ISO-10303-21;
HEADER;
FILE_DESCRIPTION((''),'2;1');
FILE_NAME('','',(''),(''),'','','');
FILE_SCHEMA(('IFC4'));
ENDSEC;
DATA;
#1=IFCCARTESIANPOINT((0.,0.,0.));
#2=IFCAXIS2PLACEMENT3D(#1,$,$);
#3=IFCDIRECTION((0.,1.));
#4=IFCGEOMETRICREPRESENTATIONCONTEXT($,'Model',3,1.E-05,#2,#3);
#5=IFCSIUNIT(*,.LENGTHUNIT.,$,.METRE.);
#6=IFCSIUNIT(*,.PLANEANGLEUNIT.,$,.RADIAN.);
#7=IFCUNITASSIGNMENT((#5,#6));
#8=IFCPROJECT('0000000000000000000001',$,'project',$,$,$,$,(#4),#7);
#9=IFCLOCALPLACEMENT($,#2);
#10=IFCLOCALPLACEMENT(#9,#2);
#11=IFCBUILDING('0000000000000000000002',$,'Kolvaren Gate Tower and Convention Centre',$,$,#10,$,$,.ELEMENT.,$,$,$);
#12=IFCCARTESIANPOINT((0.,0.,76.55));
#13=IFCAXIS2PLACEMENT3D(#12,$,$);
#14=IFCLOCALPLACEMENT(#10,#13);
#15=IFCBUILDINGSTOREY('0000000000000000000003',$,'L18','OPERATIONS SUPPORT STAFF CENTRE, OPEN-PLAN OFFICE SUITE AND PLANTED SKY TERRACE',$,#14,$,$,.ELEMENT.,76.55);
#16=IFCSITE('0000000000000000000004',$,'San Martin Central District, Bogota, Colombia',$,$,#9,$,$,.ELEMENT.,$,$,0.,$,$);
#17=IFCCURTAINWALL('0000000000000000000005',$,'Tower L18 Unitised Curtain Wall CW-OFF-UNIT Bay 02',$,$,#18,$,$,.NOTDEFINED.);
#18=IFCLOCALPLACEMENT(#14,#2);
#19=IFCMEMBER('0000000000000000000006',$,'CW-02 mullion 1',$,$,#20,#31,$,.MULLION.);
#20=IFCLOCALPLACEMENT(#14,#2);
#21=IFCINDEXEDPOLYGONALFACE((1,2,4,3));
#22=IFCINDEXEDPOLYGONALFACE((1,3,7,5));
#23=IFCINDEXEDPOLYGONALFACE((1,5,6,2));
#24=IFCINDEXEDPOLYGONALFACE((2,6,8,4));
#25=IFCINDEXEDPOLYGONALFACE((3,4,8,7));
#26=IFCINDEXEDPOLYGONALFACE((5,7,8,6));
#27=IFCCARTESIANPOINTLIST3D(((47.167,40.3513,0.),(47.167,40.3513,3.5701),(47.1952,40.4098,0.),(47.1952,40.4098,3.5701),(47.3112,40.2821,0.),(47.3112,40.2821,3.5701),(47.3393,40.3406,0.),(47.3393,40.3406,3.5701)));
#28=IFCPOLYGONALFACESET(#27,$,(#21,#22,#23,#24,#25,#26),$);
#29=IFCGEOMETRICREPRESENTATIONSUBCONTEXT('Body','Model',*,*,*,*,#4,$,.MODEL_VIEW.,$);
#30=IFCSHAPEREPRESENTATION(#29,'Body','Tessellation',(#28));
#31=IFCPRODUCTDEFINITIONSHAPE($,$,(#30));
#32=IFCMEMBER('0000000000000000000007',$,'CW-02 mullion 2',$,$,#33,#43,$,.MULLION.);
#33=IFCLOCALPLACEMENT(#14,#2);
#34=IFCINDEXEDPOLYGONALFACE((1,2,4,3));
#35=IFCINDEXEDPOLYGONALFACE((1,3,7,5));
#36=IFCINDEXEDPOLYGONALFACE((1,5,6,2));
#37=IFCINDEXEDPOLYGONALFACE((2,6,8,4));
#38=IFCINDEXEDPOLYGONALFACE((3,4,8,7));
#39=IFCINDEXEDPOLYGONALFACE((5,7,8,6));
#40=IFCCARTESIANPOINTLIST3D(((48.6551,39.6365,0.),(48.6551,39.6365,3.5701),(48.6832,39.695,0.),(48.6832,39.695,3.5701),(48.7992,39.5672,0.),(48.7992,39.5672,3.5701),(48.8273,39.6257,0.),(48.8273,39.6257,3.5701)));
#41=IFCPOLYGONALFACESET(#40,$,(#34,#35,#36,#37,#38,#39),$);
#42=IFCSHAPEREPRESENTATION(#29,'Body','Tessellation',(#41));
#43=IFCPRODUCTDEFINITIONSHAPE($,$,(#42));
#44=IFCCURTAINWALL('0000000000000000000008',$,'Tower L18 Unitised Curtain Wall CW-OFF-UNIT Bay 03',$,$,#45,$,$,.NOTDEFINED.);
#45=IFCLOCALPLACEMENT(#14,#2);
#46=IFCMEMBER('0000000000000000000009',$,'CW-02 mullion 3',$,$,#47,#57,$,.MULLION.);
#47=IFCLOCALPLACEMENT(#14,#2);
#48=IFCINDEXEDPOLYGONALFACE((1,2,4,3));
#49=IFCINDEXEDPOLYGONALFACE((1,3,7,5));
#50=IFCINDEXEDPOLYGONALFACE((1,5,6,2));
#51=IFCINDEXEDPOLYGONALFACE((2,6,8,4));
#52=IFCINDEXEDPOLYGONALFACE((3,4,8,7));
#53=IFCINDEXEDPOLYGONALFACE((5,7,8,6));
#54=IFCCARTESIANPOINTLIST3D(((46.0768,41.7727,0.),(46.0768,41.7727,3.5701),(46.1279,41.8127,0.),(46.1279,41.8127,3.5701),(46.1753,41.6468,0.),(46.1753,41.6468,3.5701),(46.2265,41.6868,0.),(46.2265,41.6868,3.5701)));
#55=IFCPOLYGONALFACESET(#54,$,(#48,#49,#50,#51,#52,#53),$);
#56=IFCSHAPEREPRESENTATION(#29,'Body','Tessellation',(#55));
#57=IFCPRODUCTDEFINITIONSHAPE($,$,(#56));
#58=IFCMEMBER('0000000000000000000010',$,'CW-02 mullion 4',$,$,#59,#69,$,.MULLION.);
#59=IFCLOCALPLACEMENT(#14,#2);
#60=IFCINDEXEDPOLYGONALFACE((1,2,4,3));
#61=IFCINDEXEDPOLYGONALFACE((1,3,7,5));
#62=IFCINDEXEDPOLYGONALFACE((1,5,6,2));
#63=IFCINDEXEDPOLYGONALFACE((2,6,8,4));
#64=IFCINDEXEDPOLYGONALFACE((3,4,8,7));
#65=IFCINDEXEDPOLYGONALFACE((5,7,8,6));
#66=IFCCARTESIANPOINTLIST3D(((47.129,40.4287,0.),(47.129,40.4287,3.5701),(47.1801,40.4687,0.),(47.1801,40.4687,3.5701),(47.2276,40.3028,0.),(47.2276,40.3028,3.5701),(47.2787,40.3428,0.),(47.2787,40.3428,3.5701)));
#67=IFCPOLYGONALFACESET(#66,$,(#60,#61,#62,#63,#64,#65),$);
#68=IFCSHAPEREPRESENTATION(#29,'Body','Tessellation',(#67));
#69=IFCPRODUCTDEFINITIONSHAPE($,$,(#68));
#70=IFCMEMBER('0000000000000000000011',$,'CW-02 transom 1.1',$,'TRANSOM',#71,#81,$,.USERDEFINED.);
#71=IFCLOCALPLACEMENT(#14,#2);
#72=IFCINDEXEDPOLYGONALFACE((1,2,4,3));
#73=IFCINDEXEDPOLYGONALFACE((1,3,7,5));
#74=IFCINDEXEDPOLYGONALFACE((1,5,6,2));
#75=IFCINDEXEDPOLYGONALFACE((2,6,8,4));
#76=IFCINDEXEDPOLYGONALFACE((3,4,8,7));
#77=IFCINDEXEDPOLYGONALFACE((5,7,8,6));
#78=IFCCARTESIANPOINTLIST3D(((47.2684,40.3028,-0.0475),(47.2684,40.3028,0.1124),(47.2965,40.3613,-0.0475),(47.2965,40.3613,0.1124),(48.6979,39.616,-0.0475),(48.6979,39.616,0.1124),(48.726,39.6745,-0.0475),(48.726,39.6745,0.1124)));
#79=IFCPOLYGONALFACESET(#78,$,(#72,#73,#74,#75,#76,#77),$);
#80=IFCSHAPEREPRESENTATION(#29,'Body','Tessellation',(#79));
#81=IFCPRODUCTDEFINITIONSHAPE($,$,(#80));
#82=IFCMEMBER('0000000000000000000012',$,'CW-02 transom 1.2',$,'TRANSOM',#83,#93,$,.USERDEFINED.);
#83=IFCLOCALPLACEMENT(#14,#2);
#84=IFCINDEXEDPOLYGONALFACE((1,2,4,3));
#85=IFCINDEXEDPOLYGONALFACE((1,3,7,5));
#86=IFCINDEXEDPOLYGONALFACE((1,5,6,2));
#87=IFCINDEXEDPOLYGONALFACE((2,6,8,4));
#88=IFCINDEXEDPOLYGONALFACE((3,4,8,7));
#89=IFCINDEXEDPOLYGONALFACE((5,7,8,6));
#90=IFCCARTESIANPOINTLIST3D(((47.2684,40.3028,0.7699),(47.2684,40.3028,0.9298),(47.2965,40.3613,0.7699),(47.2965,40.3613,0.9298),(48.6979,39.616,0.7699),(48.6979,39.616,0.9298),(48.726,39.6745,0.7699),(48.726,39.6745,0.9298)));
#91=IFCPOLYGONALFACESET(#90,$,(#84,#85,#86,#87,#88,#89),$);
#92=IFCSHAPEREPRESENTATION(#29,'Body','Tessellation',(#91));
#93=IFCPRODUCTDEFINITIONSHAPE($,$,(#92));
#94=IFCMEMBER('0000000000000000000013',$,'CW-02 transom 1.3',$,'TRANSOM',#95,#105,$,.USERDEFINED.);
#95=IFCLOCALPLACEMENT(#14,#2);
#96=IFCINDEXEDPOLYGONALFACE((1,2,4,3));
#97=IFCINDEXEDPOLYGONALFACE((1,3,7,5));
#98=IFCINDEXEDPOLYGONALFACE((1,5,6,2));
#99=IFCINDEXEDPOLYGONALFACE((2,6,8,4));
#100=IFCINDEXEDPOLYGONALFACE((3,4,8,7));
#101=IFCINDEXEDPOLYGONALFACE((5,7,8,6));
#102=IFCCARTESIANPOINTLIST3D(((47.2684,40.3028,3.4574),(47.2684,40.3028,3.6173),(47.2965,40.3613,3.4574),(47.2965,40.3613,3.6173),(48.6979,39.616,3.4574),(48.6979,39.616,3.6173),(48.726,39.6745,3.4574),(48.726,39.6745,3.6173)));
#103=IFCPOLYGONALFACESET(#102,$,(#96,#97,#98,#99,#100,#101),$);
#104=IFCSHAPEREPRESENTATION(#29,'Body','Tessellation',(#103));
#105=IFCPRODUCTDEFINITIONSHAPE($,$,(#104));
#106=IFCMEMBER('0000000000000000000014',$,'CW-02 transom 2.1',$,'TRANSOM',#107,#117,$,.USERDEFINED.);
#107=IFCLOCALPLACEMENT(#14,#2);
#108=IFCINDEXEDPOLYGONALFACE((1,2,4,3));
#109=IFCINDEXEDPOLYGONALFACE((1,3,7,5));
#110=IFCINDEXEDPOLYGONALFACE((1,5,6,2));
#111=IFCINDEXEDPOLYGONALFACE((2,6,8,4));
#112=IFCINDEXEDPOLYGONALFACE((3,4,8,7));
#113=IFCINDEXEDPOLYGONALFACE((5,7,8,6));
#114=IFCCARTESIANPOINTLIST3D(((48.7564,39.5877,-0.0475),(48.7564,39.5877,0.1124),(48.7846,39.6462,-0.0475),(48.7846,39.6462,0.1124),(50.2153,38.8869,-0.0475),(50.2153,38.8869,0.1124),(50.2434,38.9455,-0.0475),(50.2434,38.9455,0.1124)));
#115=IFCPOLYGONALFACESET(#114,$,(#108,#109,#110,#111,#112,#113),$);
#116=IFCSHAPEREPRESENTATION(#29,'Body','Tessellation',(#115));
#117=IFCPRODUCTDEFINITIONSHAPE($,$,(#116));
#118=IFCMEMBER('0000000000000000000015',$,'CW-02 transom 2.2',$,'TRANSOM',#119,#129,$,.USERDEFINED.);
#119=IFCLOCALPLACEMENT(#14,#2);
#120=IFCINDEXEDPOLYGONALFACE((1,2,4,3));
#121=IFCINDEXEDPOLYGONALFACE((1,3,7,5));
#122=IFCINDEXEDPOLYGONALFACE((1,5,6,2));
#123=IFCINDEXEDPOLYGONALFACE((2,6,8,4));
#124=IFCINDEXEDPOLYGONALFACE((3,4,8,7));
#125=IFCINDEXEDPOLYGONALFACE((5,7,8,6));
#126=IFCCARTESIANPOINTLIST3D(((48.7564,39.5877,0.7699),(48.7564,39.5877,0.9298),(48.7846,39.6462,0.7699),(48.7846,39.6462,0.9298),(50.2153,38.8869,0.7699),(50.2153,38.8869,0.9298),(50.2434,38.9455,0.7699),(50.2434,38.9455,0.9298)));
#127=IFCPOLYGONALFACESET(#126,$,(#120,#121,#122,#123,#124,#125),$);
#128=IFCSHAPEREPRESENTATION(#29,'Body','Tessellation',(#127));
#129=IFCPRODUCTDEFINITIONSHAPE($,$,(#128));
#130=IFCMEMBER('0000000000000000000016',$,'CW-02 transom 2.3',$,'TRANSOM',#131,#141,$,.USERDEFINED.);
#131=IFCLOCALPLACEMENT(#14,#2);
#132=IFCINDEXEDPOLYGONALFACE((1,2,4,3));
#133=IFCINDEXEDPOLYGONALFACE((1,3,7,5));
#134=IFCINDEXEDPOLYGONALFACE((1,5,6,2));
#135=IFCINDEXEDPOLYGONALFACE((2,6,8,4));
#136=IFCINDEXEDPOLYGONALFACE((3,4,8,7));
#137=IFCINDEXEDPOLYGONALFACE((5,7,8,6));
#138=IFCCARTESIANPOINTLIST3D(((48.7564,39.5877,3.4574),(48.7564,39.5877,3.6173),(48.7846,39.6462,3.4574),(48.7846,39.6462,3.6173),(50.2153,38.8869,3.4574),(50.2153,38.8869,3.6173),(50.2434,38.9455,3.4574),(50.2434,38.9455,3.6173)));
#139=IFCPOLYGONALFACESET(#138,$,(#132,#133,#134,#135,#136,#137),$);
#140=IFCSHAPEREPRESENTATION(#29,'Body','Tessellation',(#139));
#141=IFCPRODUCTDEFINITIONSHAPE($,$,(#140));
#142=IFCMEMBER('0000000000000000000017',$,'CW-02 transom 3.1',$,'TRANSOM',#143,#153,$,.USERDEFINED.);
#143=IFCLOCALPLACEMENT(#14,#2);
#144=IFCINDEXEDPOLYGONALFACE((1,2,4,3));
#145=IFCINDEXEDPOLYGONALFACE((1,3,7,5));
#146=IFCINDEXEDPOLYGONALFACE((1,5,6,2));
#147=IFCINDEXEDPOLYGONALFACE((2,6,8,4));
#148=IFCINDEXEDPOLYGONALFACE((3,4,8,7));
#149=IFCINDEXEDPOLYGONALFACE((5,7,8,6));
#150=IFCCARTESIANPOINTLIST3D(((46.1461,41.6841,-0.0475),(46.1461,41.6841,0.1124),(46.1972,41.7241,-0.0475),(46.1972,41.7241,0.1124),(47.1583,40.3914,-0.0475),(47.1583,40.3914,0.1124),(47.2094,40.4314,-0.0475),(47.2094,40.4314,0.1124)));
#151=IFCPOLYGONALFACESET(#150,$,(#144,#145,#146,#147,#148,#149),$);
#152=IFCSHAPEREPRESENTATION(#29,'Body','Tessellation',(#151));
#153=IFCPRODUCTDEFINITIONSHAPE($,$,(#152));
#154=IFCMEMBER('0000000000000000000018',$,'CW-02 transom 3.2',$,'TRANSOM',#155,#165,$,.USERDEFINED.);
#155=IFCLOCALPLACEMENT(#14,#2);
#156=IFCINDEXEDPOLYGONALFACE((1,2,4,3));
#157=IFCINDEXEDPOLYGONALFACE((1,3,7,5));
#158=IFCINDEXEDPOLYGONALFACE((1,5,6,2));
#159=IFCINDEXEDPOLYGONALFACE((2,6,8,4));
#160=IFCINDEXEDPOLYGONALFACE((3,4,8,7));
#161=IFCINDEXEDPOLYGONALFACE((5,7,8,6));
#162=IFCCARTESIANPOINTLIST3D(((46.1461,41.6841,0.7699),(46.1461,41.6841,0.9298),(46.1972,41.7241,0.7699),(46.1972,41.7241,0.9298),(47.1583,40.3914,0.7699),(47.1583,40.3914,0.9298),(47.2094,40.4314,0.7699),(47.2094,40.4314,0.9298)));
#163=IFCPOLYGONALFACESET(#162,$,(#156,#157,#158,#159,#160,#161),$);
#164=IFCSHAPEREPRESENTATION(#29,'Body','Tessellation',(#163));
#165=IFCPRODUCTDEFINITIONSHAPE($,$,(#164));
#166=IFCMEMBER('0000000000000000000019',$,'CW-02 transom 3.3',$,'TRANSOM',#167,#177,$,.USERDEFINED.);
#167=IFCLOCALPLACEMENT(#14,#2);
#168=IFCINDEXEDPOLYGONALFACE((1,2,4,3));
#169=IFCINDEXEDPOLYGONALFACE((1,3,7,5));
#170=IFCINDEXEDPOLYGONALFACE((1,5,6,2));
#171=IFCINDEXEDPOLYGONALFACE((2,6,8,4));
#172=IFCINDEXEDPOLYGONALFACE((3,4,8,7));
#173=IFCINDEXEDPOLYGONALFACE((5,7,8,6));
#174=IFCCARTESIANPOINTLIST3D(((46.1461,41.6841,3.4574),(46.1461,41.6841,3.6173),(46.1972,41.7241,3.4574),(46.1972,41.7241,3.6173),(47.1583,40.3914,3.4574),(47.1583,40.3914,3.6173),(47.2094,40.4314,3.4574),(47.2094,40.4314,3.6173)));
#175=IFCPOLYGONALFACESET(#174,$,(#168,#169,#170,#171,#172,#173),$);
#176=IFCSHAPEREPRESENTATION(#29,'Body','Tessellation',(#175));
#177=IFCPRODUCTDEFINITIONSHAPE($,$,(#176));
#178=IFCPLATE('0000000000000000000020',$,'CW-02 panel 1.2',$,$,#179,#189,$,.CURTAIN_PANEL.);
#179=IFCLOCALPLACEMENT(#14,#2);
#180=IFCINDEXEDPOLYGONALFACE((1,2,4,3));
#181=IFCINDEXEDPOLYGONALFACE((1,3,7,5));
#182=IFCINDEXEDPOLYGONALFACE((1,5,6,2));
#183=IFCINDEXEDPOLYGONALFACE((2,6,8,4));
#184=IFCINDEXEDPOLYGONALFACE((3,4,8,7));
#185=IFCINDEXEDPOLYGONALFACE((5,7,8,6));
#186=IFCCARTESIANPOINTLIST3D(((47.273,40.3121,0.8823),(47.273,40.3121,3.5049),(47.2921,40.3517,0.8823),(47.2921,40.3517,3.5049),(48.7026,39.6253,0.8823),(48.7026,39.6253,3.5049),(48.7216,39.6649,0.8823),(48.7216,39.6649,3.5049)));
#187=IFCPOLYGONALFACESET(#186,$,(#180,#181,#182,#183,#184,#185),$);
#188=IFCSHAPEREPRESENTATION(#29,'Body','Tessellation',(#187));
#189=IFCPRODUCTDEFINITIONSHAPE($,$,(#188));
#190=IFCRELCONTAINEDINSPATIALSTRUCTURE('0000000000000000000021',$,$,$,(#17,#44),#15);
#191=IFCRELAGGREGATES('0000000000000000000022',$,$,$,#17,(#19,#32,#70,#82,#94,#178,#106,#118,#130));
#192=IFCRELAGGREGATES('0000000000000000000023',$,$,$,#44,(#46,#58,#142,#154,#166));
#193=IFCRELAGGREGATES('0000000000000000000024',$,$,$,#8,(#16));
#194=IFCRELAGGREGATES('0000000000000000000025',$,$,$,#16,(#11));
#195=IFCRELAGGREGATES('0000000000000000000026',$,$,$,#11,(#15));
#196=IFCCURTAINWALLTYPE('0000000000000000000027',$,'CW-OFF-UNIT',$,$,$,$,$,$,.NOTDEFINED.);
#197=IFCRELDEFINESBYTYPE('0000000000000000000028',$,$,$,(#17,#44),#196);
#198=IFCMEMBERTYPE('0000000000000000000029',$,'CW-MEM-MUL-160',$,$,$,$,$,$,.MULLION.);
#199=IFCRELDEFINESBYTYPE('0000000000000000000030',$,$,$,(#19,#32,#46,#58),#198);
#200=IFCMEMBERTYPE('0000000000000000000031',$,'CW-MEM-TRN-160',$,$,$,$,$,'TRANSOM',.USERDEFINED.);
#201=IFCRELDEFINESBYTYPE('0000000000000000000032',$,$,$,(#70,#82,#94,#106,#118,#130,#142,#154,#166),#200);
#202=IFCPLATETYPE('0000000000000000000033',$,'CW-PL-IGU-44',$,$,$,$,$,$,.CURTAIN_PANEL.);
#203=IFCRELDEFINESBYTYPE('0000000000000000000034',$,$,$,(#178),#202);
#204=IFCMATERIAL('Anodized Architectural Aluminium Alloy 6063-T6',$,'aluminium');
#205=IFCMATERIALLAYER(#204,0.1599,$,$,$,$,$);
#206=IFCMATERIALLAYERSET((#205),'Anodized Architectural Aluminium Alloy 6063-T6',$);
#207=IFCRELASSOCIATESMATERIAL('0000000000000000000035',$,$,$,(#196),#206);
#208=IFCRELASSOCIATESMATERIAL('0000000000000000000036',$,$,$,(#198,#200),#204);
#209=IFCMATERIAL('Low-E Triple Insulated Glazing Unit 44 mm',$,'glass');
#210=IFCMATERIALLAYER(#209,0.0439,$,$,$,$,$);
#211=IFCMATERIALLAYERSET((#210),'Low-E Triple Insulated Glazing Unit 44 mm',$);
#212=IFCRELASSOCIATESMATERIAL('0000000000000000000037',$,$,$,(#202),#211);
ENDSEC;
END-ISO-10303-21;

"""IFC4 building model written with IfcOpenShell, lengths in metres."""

from ifc_helpers import new_model, si_unit, direction, frame, origin, origin_2d, place, context, subcontext, project, spatial, rectangle, extrude, material, layer, layer_set, material_profile, profile_set, type_object, element, aggregate, save


model = new_model("IFC4")

# Units and contexts
model_context = context("Model", 3, precision=1e-05, world=origin(), true_north=direction((0.0, 1.0)))
body_context = subcontext(model_context, "Body", "Model", "MODEL_VIEW")
ifc_project = project(units=[si_unit("LENGTHUNIT", "METRE"), si_unit("PLANEANGLEUNIT", "RADIAN")], contexts=[model_context])

# Site, building, storey
site_placement = place(None, origin())
site = spatial("IfcSite", under=ifc_project, at=site_placement, Name="San Martin Central District, Bogota, Colombia", CompositionType="ELEMENT", RefElevation=0.0)
building_placement = place(site_placement, origin())
building = spatial("IfcBuilding", under=site, at=building_placement, Name="Kolvaren Gate Tower and Convention Centre", CompositionType="ELEMENT")
storey_placement = place(building_placement, frame((0.0, 0.0, 76.55)))
storey = spatial("IfcBuildingStorey", under=building, at=storey_placement, Name="L18", Description="OPERATIONS SUPPORT STAFF CENTRE, OPEN-PLAN OFFICE SUITE AND PLANTED SKY TERRACE", CompositionType="ELEMENT", Elevation=76.55)

# Curtain walls, members
ifc_material_1 = material(Name="Anodized Architectural Aluminium Alloy 6063-T6", Category="aluminium")
ifc_layer_1 = layer(ifc_material_1, 0.1599)
ifc_layer_set_1 = layer_set([ifc_layer_1], Name="Anodized Architectural Aluminium Alloy 6063-T6")
curtain_wall_type = type_object("IfcCurtainWallType", Name="CW-OFF-UNIT", PredefinedType="NOTDEFINED", material=ifc_layer_set_1)
curtain_wall_1_placement = place(storey_placement, origin())
curtain_wall_1 = element("IfcCurtainWall", 1, at=curtain_wall_1_placement, inside=storey, type_object=curtain_wall_type, Name="Tower L18 Unitised Curtain Wall CW-OFF-UNIT Bay 02", PredefinedType="NOTDEFINED")
ifc_material_profile_1 = material_profile(ifc_material_1, rectangle(XDim=0.0649, YDim=0.1599, at=origin_2d()), Name="CW-MEM-MUL-160")
ifc_profile_set_1 = profile_set([ifc_material_profile_1], Name="Anodized Architectural Aluminium Alloy 6063-T6")
member_type_1 = type_object("IfcMemberType", Name="CW-MEM-MUL-160", PredefinedType="MULLION", material=ifc_profile_set_1)
member_1_placement = place(storey_placement, frame((47.2532, 40.3459, 0.0), z_axis=(0.0, 0.0, 1.0), x_axis=(0.433067, 0.901362, 0.0)))
member_1 = element("IfcMember", 2, at=member_1_placement, type_object=member_type_1, Name="CW-02 mullion 1", PredefinedType="MULLION", context=body_context, shape_type="SweptSolid", body=[
    extrude(rectangle(XDim=0.0649, YDim=0.1599, at=origin_2d()), origin(), (0.0, 0.0, 1.0), 3.5701),
])
member_2_placement = place(storey_placement, frame((48.7412, 39.6311, 0.0), z_axis=(0.0, 0.0, 1.0), x_axis=(0.433067, 0.901362, 0.0)))
member_2 = element("IfcMember", 3, at=member_2_placement, type_object=member_type_1, Name="CW-02 mullion 2", PredefinedType="MULLION", context=body_context, shape_type="SweptSolid", body=[
    extrude(rectangle(XDim=0.0649, YDim=0.1599, at=origin_2d()), origin(), (0.0, 0.0, 1.0), 3.5701),
])
curtain_wall_2_placement = place(storey_placement, origin())
curtain_wall_2 = element("IfcCurtainWall", 4, at=curtain_wall_2_placement, inside=storey, type_object=curtain_wall_type, Name="Tower L18 Unitised Curtain Wall CW-OFF-UNIT Bay 03", PredefinedType="NOTDEFINED")
member_3_placement = place(storey_placement, frame((46.1516, 41.7297, 0.0), z_axis=(0.0, 0.0, 1.0), x_axis=(0.787406, 0.616434, 0.0)))
member_3 = element("IfcMember", 5, at=member_3_placement, type_object=member_type_1, Name="CW-02 mullion 3", PredefinedType="MULLION", context=body_context, shape_type="SweptSolid", body=[
    extrude(rectangle(XDim=0.0649, YDim=0.1599, at=origin_2d()), origin(), (0.0, 0.0, 1.0), 3.5701),
])
member_4_placement = place(storey_placement, frame((47.2039, 40.3857, 0.0), z_axis=(0.0, 0.0, 1.0), x_axis=(0.787406, 0.616434, 0.0)))
member_4 = element("IfcMember", 6, at=member_4_placement, type_object=member_type_1, Name="CW-02 mullion 4", PredefinedType="MULLION", context=body_context, shape_type="SweptSolid", body=[
    extrude(rectangle(XDim=0.0649, YDim=0.1599, at=origin_2d()), origin(), (0.0, 0.0, 1.0), 3.5701),
])

# Members
ifc_material_profile_2 = material_profile(ifc_material_1, rectangle(XDim=0.0649, YDim=0.1599, at=origin_2d()), Name="CW-MEM-TRN-160")
ifc_profile_set_2 = profile_set([ifc_material_profile_2], Name="Anodized Architectural Aluminium Alloy 6063-T6")
member_type_2 = type_object("IfcMemberType", Name="CW-MEM-TRN-160", ElementType="TRANSOM", PredefinedType="USERDEFINED", material=ifc_profile_set_2)
member_5_placement = place(storey_placement, frame((47.2825, 40.332, 0.0325), z_axis=(0.901367, -0.433056, 0.0), x_axis=(0.433056, 0.901367, 0.0)))
member_5 = element("IfcMember", 7, at=member_5_placement, type_object=member_type_2, Name="CW-02 transom 1.1", ObjectType="TRANSOM", PredefinedType="USERDEFINED", context=body_context, shape_type="SweptSolid", body=[
    extrude(rectangle(XDim=0.0649, YDim=0.1599, at=origin_2d()), origin(), (0.0, 0.0, 1.0), 1.5859),
])
member_6_placement = place(storey_placement, frame((47.2825, 40.332, 0.8499), z_axis=(0.901367, -0.433056, 0.0), x_axis=(0.433056, 0.901367, 0.0)))
member_6 = element("IfcMember", 8, at=member_6_placement, type_object=member_type_2, Name="CW-02 transom 1.2", ObjectType="TRANSOM", PredefinedType="USERDEFINED", context=body_context, shape_type="SweptSolid", body=[
    extrude(rectangle(XDim=0.0649, YDim=0.1599, at=origin_2d()), origin(), (0.0, 0.0, 1.0), 1.5859),
])
member_7_placement = place(storey_placement, frame((47.2825, 40.332, 3.5374), z_axis=(0.901367, -0.433056, 0.0), x_axis=(0.433056, 0.901367, 0.0)))
member_7 = element("IfcMember", 9, at=member_7_placement, type_object=member_type_2, Name="CW-02 transom 1.3", ObjectType="TRANSOM", PredefinedType="USERDEFINED", context=body_context, shape_type="SweptSolid", body=[
    extrude(rectangle(XDim=0.0649, YDim=0.1599, at=origin_2d()), origin(), (0.0, 0.0, 1.0), 1.5859),
])
member_8_placement = place(storey_placement, frame((48.7705, 39.6169, 0.0325), z_axis=(0.901405, -0.432976, 0.0), x_axis=(0.432976, 0.901405, 0.0)))
member_8 = element("IfcMember", 10, at=member_8_placement, type_object=member_type_2, Name="CW-02 transom 2.1", ObjectType="TRANSOM", PredefinedType="USERDEFINED", context=body_context, shape_type="SweptSolid", body=[
    extrude(rectangle(XDim=0.0649, YDim=0.1599, at=origin_2d()), origin(), (0.0, 0.0, 1.0), 1.6184),
])
member_9_placement = place(storey_placement, frame((48.7705, 39.6169, 0.8499), z_axis=(0.901405, -0.432976, 0.0), x_axis=(0.432976, 0.901405, 0.0)))
member_9 = element("IfcMember", 11, at=member_9_placement, type_object=member_type_2, Name="CW-02 transom 2.2", ObjectType="TRANSOM", PredefinedType="USERDEFINED", context=body_context, shape_type="SweptSolid", body=[
    extrude(rectangle(XDim=0.0649, YDim=0.1599, at=origin_2d()), origin(), (0.0, 0.0, 1.0), 1.6184),
])
member_10_placement = place(storey_placement, frame((48.7705, 39.6169, 3.5374), z_axis=(0.901405, -0.432976, 0.0), x_axis=(0.432976, 0.901405, 0.0)))
member_10 = element("IfcMember", 12, at=member_10_placement, type_object=member_type_2, Name="CW-02 transom 2.3", ObjectType="TRANSOM", PredefinedType="USERDEFINED", context=body_context, shape_type="SweptSolid", body=[
    extrude(rectangle(XDim=0.0649, YDim=0.1599, at=origin_2d()), origin(), (0.0, 0.0, 1.0), 1.6184),
])
member_11_placement = place(storey_placement, frame((46.1716, 41.7041, 0.0325), z_axis=(0.616501, -0.787354, 0.0), x_axis=(0.787354, 0.616501, 0.0)))
member_11 = element("IfcMember", 13, at=member_11_placement, type_object=member_type_2, Name="CW-02 transom 3.1", ObjectType="TRANSOM", PredefinedType="USERDEFINED", context=body_context, shape_type="SweptSolid", body=[
    extrude(rectangle(XDim=0.0649, YDim=0.1599, at=origin_2d()), origin(), (0.0, 0.0, 1.0), 1.6418),
])
member_12_placement = place(storey_placement, frame((46.1716, 41.7041, 0.8499), z_axis=(0.616501, -0.787354, 0.0), x_axis=(0.787354, 0.616501, 0.0)))
member_12 = element("IfcMember", 14, at=member_12_placement, type_object=member_type_2, Name="CW-02 transom 3.2", ObjectType="TRANSOM", PredefinedType="USERDEFINED", context=body_context, shape_type="SweptSolid", body=[
    extrude(rectangle(XDim=0.0649, YDim=0.1599, at=origin_2d()), origin(), (0.0, 0.0, 1.0), 1.6418),
])
member_13_placement = place(storey_placement, frame((46.1716, 41.7041, 3.5374), z_axis=(0.616501, -0.787354, 0.0), x_axis=(0.787354, 0.616501, 0.0)))
member_13 = element("IfcMember", 15, at=member_13_placement, type_object=member_type_2, Name="CW-02 transom 3.3", ObjectType="TRANSOM", PredefinedType="USERDEFINED", context=body_context, shape_type="SweptSolid", body=[
    extrude(rectangle(XDim=0.0649, YDim=0.1599, at=origin_2d()), origin(), (0.0, 0.0, 1.0), 1.6418),
])

# Plate
ifc_material_2 = material(Name="Low-E Triple Insulated Glazing Unit 44 mm", Category="glass")
ifc_layer_2 = layer(ifc_material_2, 0.0439)
ifc_layer_set_2 = layer_set([ifc_layer_2], Name="Low-E Triple Insulated Glazing Unit 44 mm")
plate_type_1 = type_object("IfcPlateType", Name="CW-PL-IGU-44", PredefinedType="CURTAIN_PANEL", material=ifc_layer_set_2)
plate_1_placement = place(storey_placement, frame((47.9973, 39.9885, 0.8823), z_axis=(0.0, 0.0, 1.0), x_axis=(0.901362, -0.433067, 0.0)))
plate_1 = element("IfcPlate", 16, at=plate_1_placement, type_object=plate_type_1, Name="CW-02 panel 1.2", PredefinedType="CURTAIN_PANEL", context=body_context, shape_type="SweptSolid", body=[
    extrude(rectangle(XDim=1.5859, YDim=0.0439, at=origin_2d()), origin(), (0.0, 0.0, 1.0), 2.6226),
])
aggregate(curtain_wall_1, [member_1, member_2, member_5, member_6, member_7, plate_1, member_8, member_9, member_10])
aggregate(curtain_wall_2, [member_3, member_4, member_11, member_12, member_13])

save(model, "model.ifc")
